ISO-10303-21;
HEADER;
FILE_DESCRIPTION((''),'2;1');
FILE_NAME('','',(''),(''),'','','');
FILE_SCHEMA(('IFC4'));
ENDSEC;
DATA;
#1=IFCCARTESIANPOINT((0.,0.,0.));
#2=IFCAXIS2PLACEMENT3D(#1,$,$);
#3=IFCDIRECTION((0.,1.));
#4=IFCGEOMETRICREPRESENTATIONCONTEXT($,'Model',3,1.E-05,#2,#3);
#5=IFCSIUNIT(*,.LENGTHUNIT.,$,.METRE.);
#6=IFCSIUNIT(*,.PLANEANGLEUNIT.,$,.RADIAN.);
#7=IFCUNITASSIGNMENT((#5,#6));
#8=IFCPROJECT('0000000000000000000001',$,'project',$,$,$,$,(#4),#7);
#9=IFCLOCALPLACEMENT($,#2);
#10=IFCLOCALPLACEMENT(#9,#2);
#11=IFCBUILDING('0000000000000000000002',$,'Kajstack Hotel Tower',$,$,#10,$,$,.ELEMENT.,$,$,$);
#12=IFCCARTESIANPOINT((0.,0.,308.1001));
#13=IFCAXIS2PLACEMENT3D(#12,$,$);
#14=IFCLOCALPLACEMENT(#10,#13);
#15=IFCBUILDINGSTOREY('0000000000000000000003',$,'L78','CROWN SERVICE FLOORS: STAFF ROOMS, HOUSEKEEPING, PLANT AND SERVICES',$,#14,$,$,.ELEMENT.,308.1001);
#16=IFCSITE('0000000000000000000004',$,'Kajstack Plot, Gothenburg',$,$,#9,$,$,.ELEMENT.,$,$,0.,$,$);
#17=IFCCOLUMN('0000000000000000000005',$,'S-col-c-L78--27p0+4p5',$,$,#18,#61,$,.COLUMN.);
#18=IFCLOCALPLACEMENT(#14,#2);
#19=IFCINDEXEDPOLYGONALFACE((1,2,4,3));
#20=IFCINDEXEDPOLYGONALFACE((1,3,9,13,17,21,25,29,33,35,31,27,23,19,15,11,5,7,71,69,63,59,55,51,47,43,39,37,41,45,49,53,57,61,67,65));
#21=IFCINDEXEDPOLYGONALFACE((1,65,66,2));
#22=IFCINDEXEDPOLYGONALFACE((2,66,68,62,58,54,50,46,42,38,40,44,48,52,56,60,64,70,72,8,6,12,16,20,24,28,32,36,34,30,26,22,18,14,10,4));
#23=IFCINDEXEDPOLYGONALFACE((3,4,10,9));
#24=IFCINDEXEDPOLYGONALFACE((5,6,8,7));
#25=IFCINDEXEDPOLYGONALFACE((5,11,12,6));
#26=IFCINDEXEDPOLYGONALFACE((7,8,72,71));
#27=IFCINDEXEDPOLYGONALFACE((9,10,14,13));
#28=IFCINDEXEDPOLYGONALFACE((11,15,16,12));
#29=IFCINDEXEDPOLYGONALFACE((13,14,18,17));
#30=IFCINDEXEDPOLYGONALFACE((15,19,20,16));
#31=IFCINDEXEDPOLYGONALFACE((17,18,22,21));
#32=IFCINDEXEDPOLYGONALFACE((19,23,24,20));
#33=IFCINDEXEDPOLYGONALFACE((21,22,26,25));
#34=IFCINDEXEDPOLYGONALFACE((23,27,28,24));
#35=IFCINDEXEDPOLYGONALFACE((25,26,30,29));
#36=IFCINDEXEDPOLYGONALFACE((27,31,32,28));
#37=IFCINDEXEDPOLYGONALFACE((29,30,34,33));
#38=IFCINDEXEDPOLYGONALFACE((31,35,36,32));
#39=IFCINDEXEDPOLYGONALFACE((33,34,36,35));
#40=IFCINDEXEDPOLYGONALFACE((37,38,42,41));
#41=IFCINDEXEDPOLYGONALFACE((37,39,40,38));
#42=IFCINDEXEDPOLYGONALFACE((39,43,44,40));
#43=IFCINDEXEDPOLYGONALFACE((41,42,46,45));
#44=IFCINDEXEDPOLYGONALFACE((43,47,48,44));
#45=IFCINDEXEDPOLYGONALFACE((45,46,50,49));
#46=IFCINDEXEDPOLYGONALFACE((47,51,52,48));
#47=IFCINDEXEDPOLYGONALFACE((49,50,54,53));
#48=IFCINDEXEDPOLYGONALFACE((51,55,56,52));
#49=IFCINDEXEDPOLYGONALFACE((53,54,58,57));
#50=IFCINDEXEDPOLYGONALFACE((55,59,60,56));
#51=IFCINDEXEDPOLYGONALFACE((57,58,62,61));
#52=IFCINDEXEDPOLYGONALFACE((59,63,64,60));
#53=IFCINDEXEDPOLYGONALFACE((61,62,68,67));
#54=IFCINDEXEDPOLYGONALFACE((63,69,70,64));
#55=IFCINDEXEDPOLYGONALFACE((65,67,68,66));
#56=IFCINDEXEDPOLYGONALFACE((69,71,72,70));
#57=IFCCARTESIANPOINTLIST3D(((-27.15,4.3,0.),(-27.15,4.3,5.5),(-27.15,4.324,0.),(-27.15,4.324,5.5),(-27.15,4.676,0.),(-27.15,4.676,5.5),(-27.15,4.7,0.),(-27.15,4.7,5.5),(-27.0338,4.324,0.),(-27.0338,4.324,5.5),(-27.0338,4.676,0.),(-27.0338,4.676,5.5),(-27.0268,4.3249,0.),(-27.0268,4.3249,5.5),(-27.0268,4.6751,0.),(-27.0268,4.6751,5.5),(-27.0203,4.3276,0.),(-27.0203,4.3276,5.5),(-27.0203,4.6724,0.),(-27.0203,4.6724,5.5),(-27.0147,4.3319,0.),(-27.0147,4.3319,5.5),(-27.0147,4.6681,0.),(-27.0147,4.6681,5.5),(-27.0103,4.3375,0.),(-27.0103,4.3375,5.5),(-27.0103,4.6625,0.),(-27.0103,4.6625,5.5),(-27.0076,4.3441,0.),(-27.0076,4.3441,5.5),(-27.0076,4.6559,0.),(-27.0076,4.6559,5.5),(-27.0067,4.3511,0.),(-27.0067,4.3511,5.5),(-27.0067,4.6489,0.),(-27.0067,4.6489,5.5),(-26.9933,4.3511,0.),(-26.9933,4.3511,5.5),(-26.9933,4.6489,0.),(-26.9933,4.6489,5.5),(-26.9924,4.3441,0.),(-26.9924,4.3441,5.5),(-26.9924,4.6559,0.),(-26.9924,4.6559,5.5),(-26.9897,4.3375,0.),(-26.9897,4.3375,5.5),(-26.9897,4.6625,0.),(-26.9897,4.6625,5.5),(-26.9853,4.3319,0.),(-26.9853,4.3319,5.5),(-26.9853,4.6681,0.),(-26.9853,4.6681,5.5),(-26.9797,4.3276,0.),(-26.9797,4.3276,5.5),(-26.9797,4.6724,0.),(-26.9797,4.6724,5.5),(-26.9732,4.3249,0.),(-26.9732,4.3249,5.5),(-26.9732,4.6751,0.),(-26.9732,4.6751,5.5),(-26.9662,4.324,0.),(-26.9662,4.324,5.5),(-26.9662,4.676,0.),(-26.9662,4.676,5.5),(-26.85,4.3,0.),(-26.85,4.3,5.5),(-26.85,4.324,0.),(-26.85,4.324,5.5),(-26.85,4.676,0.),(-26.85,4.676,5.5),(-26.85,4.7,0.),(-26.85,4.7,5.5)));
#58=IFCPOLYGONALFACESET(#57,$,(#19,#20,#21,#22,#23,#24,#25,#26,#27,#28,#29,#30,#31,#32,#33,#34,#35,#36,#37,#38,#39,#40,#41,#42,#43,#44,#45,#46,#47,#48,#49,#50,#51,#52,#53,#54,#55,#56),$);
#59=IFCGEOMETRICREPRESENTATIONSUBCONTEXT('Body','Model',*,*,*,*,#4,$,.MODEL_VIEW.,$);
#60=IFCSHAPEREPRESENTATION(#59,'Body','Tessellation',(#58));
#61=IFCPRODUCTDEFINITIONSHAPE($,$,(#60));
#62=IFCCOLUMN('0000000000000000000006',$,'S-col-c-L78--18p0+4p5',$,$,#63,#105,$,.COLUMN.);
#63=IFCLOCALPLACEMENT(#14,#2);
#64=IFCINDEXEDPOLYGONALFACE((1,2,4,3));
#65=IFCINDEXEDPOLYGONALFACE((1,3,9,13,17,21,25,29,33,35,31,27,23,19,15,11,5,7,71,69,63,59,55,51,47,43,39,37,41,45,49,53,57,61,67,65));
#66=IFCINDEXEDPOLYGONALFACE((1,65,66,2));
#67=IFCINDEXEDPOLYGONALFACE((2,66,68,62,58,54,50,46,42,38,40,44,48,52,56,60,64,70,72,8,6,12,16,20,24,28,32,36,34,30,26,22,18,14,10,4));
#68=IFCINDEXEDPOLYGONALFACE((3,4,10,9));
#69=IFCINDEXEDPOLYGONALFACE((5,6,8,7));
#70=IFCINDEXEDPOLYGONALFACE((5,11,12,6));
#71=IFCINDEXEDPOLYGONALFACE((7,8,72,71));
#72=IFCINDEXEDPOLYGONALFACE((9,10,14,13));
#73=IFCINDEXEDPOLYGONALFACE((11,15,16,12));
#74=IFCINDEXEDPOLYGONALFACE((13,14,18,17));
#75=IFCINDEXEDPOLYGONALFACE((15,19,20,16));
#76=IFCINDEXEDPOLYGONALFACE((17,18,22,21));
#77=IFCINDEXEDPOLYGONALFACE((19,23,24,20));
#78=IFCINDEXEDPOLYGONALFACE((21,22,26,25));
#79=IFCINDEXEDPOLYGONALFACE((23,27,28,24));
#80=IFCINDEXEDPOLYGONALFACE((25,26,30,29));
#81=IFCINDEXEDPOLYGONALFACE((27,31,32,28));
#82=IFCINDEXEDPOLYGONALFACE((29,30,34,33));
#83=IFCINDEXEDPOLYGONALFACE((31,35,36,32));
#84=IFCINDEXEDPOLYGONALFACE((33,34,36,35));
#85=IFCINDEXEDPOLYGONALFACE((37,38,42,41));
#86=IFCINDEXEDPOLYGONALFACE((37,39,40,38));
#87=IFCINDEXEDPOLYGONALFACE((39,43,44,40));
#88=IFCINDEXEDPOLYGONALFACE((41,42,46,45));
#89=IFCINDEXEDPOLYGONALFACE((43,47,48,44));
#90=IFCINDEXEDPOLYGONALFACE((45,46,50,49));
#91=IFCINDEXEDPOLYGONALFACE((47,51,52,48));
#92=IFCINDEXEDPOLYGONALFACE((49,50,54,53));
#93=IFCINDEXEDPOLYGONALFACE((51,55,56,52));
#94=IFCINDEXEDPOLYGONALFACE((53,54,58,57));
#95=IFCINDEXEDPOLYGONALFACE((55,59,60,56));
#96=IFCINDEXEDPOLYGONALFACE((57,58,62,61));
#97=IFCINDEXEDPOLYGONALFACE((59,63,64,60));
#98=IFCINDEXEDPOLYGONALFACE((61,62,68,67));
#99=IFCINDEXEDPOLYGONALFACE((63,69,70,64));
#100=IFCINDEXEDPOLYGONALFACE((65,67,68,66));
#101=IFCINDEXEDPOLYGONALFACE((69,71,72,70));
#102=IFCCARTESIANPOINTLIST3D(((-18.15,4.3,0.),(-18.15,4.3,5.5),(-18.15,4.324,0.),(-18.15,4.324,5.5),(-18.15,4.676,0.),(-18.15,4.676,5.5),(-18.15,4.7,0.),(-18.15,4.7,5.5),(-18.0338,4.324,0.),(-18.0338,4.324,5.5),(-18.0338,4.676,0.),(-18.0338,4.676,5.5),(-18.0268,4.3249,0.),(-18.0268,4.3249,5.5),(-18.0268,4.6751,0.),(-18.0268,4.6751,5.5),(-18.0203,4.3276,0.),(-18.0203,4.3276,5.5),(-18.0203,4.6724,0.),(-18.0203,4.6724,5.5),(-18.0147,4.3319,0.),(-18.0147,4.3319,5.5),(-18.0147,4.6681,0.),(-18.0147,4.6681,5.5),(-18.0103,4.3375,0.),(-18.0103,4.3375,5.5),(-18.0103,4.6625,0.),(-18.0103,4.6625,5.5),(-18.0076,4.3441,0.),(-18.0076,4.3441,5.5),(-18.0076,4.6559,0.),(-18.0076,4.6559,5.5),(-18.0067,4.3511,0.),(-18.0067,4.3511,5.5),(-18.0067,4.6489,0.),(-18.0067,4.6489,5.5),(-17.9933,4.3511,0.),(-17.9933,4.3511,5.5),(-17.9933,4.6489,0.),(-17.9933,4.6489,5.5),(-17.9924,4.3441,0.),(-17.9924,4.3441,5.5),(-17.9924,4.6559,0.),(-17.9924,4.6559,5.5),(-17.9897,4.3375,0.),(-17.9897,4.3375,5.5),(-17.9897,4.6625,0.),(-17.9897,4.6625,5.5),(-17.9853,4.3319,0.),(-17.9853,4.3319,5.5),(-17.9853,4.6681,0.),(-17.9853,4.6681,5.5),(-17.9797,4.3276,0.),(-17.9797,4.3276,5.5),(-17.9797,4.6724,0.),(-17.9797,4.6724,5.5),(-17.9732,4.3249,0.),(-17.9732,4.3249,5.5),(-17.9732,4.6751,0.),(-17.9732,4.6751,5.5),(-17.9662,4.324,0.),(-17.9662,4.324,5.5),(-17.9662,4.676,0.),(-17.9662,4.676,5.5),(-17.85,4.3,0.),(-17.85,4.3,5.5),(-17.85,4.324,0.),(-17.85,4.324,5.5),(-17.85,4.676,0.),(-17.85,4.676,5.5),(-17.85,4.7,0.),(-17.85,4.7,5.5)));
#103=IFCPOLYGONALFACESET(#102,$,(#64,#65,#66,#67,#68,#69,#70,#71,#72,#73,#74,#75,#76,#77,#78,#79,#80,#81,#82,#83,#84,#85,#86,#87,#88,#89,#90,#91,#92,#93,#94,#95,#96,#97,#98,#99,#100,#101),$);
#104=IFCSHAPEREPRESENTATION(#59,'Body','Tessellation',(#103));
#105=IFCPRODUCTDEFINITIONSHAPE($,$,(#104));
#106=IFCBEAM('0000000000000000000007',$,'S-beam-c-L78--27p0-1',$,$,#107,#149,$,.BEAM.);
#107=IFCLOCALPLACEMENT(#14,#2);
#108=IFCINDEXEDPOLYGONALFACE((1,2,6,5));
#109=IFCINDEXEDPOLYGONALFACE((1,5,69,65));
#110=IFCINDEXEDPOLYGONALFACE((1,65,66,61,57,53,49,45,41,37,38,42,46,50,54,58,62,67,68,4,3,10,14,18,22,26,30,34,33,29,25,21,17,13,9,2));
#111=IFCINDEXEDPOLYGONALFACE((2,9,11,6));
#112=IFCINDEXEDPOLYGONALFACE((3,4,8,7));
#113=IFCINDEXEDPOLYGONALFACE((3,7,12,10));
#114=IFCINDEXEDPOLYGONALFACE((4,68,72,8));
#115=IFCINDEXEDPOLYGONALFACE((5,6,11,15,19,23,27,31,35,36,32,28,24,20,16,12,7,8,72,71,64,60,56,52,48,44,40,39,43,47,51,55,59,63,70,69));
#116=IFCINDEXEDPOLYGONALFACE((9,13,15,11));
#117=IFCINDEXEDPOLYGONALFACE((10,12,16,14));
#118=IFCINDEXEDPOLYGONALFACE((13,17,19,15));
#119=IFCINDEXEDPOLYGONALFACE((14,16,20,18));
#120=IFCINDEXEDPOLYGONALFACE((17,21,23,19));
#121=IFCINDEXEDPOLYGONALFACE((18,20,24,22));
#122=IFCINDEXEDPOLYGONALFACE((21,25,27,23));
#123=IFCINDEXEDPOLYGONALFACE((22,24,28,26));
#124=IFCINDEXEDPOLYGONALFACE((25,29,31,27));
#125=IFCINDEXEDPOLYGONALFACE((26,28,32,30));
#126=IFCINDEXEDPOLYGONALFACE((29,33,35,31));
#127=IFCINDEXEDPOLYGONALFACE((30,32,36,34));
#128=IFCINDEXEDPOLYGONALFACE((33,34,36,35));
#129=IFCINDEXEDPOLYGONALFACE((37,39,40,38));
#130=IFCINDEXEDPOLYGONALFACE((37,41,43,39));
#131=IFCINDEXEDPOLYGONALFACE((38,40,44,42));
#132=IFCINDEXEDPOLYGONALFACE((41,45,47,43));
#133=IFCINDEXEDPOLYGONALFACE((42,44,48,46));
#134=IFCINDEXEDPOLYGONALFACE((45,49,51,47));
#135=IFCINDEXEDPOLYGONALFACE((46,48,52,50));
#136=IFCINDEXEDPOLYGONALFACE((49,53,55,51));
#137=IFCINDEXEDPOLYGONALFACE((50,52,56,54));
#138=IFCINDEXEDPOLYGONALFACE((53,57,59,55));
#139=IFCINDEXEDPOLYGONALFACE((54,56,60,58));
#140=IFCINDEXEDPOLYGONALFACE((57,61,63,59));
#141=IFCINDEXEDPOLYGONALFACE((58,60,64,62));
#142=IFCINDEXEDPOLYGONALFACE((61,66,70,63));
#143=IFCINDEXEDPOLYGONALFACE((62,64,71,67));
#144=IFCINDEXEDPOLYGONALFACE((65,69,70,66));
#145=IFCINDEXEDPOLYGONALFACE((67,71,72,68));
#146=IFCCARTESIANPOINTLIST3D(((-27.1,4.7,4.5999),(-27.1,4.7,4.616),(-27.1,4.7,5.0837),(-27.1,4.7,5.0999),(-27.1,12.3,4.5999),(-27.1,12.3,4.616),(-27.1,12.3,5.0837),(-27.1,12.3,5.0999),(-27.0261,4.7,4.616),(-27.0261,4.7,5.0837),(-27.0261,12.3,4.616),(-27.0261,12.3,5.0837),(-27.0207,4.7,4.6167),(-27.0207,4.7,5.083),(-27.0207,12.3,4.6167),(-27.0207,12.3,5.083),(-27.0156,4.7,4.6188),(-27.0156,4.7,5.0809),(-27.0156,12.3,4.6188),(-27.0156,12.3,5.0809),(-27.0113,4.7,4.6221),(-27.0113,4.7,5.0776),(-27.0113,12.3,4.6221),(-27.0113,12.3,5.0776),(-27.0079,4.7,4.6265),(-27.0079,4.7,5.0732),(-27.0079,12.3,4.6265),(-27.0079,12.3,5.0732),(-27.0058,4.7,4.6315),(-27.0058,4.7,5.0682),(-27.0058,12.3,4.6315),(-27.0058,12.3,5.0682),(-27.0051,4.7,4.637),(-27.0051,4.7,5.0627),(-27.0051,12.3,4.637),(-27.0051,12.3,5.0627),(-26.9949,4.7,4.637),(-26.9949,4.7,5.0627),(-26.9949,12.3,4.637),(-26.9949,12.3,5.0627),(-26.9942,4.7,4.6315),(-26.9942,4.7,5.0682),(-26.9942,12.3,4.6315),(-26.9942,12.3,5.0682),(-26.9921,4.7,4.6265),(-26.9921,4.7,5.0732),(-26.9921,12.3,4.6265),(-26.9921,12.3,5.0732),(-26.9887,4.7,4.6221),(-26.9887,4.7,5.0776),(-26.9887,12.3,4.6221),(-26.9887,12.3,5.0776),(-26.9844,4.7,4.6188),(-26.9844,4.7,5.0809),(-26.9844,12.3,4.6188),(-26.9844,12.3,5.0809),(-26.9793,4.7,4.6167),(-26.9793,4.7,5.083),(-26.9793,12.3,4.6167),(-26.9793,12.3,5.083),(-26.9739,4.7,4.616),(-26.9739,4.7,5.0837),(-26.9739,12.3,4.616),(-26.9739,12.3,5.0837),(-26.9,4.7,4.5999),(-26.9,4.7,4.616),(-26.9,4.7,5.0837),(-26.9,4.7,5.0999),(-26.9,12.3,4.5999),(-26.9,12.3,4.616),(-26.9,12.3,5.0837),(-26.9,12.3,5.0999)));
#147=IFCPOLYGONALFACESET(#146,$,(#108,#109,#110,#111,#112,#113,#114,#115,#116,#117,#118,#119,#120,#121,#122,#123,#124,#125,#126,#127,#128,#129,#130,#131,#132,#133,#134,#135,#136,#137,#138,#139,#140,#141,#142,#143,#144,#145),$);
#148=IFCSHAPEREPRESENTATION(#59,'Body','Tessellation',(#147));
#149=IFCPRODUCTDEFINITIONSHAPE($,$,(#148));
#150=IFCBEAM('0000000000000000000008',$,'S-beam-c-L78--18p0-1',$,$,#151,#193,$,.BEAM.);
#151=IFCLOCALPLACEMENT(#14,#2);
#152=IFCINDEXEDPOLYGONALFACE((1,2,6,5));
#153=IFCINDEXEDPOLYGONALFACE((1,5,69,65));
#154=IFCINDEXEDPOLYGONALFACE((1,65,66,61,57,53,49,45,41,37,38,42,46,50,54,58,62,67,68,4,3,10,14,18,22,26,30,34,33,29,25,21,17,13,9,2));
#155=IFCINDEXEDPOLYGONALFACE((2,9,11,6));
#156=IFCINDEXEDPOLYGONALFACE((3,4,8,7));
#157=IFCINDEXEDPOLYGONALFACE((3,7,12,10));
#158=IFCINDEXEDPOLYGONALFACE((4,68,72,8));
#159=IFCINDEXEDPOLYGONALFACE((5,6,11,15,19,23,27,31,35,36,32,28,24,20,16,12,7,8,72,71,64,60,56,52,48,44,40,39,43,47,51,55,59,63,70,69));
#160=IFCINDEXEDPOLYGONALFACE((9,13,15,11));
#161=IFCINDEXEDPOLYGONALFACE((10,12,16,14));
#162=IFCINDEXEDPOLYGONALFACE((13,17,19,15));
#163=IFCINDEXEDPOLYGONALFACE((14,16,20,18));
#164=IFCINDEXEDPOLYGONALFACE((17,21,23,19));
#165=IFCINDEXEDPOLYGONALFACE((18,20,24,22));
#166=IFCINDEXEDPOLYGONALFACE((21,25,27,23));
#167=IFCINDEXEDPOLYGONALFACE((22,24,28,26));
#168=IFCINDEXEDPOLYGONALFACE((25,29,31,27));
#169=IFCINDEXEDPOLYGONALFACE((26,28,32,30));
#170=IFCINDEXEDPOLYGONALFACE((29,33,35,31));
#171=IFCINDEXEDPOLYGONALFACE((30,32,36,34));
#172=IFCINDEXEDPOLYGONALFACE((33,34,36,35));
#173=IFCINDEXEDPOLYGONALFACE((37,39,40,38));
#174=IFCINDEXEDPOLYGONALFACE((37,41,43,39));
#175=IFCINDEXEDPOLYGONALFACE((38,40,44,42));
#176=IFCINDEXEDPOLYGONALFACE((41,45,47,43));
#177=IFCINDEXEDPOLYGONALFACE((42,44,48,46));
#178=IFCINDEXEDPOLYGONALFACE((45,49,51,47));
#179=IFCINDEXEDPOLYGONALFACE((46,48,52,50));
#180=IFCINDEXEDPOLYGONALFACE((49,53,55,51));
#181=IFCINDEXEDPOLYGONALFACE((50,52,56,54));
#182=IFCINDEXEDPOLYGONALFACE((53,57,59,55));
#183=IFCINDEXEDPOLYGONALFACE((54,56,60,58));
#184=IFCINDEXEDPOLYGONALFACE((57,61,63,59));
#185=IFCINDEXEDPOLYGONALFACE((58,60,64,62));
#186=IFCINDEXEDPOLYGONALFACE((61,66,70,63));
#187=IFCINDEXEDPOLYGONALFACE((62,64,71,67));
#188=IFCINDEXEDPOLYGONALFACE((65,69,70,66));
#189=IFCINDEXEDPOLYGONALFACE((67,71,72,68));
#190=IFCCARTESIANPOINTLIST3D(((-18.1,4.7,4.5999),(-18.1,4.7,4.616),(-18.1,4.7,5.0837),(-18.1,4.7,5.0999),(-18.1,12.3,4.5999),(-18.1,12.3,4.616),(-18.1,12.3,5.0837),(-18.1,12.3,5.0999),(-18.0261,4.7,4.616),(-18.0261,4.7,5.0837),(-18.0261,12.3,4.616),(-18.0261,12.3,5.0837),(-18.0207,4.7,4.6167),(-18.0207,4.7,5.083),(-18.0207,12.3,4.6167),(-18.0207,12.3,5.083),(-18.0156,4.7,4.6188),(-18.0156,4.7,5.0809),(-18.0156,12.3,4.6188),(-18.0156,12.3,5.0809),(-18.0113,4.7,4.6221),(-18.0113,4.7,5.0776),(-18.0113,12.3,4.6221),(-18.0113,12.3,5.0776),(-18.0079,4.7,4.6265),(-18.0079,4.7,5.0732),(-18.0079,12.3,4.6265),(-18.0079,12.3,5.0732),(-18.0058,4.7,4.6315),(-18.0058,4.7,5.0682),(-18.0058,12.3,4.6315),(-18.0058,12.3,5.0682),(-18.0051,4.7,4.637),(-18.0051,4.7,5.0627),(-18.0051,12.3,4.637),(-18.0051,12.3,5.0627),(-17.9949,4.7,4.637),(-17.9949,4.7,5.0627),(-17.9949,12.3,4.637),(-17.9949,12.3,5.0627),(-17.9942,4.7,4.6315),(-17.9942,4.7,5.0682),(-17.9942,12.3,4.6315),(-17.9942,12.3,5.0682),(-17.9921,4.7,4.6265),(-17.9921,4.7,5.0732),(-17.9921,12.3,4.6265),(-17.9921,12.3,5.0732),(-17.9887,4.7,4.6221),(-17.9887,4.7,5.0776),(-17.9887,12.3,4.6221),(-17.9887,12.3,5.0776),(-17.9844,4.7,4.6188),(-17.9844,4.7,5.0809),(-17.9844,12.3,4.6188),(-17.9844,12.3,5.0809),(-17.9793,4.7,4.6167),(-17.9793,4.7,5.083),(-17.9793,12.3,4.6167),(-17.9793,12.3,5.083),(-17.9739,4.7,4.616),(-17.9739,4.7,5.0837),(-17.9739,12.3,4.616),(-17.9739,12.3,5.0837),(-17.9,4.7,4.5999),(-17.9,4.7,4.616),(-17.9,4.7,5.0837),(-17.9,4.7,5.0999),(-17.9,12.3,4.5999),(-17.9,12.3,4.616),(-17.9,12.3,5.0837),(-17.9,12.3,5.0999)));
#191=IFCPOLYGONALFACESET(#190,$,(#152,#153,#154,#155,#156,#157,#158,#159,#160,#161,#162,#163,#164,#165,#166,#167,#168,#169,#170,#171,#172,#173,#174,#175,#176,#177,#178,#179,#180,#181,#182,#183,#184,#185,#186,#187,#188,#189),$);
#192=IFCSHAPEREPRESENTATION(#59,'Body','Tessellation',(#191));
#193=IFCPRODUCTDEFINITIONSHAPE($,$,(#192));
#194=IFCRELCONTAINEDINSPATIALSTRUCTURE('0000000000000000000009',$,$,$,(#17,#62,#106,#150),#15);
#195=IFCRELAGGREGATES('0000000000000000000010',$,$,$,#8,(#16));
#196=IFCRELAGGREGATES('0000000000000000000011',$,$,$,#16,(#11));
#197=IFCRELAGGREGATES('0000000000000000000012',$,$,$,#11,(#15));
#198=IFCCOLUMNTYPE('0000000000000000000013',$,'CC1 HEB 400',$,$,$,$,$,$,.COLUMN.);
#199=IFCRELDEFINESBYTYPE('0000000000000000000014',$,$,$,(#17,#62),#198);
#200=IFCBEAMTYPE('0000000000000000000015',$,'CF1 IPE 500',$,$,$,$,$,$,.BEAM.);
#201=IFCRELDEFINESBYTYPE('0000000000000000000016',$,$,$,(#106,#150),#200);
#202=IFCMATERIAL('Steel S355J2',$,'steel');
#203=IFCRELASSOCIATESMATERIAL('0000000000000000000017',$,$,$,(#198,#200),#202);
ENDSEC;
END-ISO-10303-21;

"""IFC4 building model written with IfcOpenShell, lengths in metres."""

from ifc_helpers import new_model, si_unit, direction, frame, origin, origin_2d, place, context, subcontext, project, spatial, i_section, extrude, material, material_profile, profile_set, type_object, element, save


model = new_model("IFC4")

# Units and contexts
model_context = context("Model", 3, precision=1e-05, world=origin(), true_north=direction((0.0, 1.0)))
body_context = subcontext(model_context, "Body", "Model", "MODEL_VIEW")
ifc_project = project(units=[si_unit("LENGTHUNIT", "METRE"), si_unit("PLANEANGLEUNIT", "RADIAN")], contexts=[model_context])

# Site, building, storey
site_placement = place(None, origin())
site = spatial("IfcSite", under=ifc_project, at=site_placement, Name="Kajstack Plot, Gothenburg", CompositionType="ELEMENT", RefElevation=0.0)
building_placement = place(site_placement, origin())
building = spatial("IfcBuilding", under=site, at=building_placement, Name="Kajstack Hotel Tower", CompositionType="ELEMENT")
storey_placement = place(building_placement, frame((0.0, 0.0, 308.1001)))
storey = spatial("IfcBuildingStorey", under=building, at=storey_placement, Name="L78", Description="CROWN SERVICE FLOORS: STAFF ROOMS, HOUSEKEEPING, PLANT AND SERVICES", CompositionType="ELEMENT", Elevation=308.1001)

# Columns
ifc_material_1 = material(Name="Steel S355J2", Category="steel")
ifc_material_profile_1 = material_profile(ifc_material_1, i_section(OverallWidth=0.3, OverallDepth=0.3999, WebThickness=0.0134, FlangeThickness=0.0239, FilletRadius=0.0271, at=origin_2d()), Name="HEB 400")
ifc_profile_set_1 = profile_set([ifc_material_profile_1], Name="Steel S355J2")
column_type = type_object("IfcColumnType", Name="CC1 HEB 400", PredefinedType="COLUMN", material=ifc_profile_set_1)
for number, where, z_axis, x_axis, name in (
    (1, (-27.0, 4.5, 0.0), (0.0, 0.0, 1.0), (1.0, 0.0, 0.0), "S-col-c-L78--27p0+4p5"),
    (2, (-18.0, 4.5, 0.0), (0.0, 0.0, 1.0), (1.0, 0.0, 0.0), "S-col-c-L78--18p0+4p5"),
):
    element("IfcColumn", number, at=place(storey_placement, frame(where, z_axis=z_axis, x_axis=x_axis)), inside=storey, type_object=column_type, Name=name, PredefinedType="COLUMN", context=body_context, shape_type="SweptSolid", body=[
        extrude(i_section(OverallWidth=0.3, OverallDepth=0.3999, WebThickness=0.0134, FlangeThickness=0.0239, FilletRadius=0.0271, at=origin_2d()), origin(), (0.0, 0.0, 1.0), 5.5),
    ])

# Beams
ifc_material_profile_2 = material_profile(ifc_material_1, i_section(OverallWidth=0.2, OverallDepth=0.5, WebThickness=0.0103, FlangeThickness=0.0161, FilletRadius=0.021, at=origin_2d()), Name="IPE 500")
ifc_profile_set_2 = profile_set([ifc_material_profile_2], Name="Steel S355J2")
beam_type = type_object("IfcBeamType", Name="CF1 IPE 500", PredefinedType="BEAM", material=ifc_profile_set_2)
for number, where, z_axis, x_axis, name in (
    (3, (-27.0, 4.7, 4.8499), (0.0, 1.0, 0.0), (-1.0, 0.0, 0.0), "S-beam-c-L78--27p0-1"),
    (4, (-18.0, 4.7, 4.8499), (0.0, 1.0, 0.0), (-1.0, 0.0, 0.0), "S-beam-c-L78--18p0-1"),
):
    element("IfcBeam", number, at=place(storey_placement, frame(where, z_axis=z_axis, x_axis=x_axis)), inside=storey, type_object=beam_type, Name=name, PredefinedType="BEAM", context=body_context, shape_type="SweptSolid", body=[
        extrude(i_section(OverallWidth=0.2, OverallDepth=0.5, WebThickness=0.0103, FlangeThickness=0.0161, FilletRadius=0.021, at=origin_2d()), origin(), (0.0, 0.0, 1.0), 7.6001),
    ])

save(model, "model.ifc")
